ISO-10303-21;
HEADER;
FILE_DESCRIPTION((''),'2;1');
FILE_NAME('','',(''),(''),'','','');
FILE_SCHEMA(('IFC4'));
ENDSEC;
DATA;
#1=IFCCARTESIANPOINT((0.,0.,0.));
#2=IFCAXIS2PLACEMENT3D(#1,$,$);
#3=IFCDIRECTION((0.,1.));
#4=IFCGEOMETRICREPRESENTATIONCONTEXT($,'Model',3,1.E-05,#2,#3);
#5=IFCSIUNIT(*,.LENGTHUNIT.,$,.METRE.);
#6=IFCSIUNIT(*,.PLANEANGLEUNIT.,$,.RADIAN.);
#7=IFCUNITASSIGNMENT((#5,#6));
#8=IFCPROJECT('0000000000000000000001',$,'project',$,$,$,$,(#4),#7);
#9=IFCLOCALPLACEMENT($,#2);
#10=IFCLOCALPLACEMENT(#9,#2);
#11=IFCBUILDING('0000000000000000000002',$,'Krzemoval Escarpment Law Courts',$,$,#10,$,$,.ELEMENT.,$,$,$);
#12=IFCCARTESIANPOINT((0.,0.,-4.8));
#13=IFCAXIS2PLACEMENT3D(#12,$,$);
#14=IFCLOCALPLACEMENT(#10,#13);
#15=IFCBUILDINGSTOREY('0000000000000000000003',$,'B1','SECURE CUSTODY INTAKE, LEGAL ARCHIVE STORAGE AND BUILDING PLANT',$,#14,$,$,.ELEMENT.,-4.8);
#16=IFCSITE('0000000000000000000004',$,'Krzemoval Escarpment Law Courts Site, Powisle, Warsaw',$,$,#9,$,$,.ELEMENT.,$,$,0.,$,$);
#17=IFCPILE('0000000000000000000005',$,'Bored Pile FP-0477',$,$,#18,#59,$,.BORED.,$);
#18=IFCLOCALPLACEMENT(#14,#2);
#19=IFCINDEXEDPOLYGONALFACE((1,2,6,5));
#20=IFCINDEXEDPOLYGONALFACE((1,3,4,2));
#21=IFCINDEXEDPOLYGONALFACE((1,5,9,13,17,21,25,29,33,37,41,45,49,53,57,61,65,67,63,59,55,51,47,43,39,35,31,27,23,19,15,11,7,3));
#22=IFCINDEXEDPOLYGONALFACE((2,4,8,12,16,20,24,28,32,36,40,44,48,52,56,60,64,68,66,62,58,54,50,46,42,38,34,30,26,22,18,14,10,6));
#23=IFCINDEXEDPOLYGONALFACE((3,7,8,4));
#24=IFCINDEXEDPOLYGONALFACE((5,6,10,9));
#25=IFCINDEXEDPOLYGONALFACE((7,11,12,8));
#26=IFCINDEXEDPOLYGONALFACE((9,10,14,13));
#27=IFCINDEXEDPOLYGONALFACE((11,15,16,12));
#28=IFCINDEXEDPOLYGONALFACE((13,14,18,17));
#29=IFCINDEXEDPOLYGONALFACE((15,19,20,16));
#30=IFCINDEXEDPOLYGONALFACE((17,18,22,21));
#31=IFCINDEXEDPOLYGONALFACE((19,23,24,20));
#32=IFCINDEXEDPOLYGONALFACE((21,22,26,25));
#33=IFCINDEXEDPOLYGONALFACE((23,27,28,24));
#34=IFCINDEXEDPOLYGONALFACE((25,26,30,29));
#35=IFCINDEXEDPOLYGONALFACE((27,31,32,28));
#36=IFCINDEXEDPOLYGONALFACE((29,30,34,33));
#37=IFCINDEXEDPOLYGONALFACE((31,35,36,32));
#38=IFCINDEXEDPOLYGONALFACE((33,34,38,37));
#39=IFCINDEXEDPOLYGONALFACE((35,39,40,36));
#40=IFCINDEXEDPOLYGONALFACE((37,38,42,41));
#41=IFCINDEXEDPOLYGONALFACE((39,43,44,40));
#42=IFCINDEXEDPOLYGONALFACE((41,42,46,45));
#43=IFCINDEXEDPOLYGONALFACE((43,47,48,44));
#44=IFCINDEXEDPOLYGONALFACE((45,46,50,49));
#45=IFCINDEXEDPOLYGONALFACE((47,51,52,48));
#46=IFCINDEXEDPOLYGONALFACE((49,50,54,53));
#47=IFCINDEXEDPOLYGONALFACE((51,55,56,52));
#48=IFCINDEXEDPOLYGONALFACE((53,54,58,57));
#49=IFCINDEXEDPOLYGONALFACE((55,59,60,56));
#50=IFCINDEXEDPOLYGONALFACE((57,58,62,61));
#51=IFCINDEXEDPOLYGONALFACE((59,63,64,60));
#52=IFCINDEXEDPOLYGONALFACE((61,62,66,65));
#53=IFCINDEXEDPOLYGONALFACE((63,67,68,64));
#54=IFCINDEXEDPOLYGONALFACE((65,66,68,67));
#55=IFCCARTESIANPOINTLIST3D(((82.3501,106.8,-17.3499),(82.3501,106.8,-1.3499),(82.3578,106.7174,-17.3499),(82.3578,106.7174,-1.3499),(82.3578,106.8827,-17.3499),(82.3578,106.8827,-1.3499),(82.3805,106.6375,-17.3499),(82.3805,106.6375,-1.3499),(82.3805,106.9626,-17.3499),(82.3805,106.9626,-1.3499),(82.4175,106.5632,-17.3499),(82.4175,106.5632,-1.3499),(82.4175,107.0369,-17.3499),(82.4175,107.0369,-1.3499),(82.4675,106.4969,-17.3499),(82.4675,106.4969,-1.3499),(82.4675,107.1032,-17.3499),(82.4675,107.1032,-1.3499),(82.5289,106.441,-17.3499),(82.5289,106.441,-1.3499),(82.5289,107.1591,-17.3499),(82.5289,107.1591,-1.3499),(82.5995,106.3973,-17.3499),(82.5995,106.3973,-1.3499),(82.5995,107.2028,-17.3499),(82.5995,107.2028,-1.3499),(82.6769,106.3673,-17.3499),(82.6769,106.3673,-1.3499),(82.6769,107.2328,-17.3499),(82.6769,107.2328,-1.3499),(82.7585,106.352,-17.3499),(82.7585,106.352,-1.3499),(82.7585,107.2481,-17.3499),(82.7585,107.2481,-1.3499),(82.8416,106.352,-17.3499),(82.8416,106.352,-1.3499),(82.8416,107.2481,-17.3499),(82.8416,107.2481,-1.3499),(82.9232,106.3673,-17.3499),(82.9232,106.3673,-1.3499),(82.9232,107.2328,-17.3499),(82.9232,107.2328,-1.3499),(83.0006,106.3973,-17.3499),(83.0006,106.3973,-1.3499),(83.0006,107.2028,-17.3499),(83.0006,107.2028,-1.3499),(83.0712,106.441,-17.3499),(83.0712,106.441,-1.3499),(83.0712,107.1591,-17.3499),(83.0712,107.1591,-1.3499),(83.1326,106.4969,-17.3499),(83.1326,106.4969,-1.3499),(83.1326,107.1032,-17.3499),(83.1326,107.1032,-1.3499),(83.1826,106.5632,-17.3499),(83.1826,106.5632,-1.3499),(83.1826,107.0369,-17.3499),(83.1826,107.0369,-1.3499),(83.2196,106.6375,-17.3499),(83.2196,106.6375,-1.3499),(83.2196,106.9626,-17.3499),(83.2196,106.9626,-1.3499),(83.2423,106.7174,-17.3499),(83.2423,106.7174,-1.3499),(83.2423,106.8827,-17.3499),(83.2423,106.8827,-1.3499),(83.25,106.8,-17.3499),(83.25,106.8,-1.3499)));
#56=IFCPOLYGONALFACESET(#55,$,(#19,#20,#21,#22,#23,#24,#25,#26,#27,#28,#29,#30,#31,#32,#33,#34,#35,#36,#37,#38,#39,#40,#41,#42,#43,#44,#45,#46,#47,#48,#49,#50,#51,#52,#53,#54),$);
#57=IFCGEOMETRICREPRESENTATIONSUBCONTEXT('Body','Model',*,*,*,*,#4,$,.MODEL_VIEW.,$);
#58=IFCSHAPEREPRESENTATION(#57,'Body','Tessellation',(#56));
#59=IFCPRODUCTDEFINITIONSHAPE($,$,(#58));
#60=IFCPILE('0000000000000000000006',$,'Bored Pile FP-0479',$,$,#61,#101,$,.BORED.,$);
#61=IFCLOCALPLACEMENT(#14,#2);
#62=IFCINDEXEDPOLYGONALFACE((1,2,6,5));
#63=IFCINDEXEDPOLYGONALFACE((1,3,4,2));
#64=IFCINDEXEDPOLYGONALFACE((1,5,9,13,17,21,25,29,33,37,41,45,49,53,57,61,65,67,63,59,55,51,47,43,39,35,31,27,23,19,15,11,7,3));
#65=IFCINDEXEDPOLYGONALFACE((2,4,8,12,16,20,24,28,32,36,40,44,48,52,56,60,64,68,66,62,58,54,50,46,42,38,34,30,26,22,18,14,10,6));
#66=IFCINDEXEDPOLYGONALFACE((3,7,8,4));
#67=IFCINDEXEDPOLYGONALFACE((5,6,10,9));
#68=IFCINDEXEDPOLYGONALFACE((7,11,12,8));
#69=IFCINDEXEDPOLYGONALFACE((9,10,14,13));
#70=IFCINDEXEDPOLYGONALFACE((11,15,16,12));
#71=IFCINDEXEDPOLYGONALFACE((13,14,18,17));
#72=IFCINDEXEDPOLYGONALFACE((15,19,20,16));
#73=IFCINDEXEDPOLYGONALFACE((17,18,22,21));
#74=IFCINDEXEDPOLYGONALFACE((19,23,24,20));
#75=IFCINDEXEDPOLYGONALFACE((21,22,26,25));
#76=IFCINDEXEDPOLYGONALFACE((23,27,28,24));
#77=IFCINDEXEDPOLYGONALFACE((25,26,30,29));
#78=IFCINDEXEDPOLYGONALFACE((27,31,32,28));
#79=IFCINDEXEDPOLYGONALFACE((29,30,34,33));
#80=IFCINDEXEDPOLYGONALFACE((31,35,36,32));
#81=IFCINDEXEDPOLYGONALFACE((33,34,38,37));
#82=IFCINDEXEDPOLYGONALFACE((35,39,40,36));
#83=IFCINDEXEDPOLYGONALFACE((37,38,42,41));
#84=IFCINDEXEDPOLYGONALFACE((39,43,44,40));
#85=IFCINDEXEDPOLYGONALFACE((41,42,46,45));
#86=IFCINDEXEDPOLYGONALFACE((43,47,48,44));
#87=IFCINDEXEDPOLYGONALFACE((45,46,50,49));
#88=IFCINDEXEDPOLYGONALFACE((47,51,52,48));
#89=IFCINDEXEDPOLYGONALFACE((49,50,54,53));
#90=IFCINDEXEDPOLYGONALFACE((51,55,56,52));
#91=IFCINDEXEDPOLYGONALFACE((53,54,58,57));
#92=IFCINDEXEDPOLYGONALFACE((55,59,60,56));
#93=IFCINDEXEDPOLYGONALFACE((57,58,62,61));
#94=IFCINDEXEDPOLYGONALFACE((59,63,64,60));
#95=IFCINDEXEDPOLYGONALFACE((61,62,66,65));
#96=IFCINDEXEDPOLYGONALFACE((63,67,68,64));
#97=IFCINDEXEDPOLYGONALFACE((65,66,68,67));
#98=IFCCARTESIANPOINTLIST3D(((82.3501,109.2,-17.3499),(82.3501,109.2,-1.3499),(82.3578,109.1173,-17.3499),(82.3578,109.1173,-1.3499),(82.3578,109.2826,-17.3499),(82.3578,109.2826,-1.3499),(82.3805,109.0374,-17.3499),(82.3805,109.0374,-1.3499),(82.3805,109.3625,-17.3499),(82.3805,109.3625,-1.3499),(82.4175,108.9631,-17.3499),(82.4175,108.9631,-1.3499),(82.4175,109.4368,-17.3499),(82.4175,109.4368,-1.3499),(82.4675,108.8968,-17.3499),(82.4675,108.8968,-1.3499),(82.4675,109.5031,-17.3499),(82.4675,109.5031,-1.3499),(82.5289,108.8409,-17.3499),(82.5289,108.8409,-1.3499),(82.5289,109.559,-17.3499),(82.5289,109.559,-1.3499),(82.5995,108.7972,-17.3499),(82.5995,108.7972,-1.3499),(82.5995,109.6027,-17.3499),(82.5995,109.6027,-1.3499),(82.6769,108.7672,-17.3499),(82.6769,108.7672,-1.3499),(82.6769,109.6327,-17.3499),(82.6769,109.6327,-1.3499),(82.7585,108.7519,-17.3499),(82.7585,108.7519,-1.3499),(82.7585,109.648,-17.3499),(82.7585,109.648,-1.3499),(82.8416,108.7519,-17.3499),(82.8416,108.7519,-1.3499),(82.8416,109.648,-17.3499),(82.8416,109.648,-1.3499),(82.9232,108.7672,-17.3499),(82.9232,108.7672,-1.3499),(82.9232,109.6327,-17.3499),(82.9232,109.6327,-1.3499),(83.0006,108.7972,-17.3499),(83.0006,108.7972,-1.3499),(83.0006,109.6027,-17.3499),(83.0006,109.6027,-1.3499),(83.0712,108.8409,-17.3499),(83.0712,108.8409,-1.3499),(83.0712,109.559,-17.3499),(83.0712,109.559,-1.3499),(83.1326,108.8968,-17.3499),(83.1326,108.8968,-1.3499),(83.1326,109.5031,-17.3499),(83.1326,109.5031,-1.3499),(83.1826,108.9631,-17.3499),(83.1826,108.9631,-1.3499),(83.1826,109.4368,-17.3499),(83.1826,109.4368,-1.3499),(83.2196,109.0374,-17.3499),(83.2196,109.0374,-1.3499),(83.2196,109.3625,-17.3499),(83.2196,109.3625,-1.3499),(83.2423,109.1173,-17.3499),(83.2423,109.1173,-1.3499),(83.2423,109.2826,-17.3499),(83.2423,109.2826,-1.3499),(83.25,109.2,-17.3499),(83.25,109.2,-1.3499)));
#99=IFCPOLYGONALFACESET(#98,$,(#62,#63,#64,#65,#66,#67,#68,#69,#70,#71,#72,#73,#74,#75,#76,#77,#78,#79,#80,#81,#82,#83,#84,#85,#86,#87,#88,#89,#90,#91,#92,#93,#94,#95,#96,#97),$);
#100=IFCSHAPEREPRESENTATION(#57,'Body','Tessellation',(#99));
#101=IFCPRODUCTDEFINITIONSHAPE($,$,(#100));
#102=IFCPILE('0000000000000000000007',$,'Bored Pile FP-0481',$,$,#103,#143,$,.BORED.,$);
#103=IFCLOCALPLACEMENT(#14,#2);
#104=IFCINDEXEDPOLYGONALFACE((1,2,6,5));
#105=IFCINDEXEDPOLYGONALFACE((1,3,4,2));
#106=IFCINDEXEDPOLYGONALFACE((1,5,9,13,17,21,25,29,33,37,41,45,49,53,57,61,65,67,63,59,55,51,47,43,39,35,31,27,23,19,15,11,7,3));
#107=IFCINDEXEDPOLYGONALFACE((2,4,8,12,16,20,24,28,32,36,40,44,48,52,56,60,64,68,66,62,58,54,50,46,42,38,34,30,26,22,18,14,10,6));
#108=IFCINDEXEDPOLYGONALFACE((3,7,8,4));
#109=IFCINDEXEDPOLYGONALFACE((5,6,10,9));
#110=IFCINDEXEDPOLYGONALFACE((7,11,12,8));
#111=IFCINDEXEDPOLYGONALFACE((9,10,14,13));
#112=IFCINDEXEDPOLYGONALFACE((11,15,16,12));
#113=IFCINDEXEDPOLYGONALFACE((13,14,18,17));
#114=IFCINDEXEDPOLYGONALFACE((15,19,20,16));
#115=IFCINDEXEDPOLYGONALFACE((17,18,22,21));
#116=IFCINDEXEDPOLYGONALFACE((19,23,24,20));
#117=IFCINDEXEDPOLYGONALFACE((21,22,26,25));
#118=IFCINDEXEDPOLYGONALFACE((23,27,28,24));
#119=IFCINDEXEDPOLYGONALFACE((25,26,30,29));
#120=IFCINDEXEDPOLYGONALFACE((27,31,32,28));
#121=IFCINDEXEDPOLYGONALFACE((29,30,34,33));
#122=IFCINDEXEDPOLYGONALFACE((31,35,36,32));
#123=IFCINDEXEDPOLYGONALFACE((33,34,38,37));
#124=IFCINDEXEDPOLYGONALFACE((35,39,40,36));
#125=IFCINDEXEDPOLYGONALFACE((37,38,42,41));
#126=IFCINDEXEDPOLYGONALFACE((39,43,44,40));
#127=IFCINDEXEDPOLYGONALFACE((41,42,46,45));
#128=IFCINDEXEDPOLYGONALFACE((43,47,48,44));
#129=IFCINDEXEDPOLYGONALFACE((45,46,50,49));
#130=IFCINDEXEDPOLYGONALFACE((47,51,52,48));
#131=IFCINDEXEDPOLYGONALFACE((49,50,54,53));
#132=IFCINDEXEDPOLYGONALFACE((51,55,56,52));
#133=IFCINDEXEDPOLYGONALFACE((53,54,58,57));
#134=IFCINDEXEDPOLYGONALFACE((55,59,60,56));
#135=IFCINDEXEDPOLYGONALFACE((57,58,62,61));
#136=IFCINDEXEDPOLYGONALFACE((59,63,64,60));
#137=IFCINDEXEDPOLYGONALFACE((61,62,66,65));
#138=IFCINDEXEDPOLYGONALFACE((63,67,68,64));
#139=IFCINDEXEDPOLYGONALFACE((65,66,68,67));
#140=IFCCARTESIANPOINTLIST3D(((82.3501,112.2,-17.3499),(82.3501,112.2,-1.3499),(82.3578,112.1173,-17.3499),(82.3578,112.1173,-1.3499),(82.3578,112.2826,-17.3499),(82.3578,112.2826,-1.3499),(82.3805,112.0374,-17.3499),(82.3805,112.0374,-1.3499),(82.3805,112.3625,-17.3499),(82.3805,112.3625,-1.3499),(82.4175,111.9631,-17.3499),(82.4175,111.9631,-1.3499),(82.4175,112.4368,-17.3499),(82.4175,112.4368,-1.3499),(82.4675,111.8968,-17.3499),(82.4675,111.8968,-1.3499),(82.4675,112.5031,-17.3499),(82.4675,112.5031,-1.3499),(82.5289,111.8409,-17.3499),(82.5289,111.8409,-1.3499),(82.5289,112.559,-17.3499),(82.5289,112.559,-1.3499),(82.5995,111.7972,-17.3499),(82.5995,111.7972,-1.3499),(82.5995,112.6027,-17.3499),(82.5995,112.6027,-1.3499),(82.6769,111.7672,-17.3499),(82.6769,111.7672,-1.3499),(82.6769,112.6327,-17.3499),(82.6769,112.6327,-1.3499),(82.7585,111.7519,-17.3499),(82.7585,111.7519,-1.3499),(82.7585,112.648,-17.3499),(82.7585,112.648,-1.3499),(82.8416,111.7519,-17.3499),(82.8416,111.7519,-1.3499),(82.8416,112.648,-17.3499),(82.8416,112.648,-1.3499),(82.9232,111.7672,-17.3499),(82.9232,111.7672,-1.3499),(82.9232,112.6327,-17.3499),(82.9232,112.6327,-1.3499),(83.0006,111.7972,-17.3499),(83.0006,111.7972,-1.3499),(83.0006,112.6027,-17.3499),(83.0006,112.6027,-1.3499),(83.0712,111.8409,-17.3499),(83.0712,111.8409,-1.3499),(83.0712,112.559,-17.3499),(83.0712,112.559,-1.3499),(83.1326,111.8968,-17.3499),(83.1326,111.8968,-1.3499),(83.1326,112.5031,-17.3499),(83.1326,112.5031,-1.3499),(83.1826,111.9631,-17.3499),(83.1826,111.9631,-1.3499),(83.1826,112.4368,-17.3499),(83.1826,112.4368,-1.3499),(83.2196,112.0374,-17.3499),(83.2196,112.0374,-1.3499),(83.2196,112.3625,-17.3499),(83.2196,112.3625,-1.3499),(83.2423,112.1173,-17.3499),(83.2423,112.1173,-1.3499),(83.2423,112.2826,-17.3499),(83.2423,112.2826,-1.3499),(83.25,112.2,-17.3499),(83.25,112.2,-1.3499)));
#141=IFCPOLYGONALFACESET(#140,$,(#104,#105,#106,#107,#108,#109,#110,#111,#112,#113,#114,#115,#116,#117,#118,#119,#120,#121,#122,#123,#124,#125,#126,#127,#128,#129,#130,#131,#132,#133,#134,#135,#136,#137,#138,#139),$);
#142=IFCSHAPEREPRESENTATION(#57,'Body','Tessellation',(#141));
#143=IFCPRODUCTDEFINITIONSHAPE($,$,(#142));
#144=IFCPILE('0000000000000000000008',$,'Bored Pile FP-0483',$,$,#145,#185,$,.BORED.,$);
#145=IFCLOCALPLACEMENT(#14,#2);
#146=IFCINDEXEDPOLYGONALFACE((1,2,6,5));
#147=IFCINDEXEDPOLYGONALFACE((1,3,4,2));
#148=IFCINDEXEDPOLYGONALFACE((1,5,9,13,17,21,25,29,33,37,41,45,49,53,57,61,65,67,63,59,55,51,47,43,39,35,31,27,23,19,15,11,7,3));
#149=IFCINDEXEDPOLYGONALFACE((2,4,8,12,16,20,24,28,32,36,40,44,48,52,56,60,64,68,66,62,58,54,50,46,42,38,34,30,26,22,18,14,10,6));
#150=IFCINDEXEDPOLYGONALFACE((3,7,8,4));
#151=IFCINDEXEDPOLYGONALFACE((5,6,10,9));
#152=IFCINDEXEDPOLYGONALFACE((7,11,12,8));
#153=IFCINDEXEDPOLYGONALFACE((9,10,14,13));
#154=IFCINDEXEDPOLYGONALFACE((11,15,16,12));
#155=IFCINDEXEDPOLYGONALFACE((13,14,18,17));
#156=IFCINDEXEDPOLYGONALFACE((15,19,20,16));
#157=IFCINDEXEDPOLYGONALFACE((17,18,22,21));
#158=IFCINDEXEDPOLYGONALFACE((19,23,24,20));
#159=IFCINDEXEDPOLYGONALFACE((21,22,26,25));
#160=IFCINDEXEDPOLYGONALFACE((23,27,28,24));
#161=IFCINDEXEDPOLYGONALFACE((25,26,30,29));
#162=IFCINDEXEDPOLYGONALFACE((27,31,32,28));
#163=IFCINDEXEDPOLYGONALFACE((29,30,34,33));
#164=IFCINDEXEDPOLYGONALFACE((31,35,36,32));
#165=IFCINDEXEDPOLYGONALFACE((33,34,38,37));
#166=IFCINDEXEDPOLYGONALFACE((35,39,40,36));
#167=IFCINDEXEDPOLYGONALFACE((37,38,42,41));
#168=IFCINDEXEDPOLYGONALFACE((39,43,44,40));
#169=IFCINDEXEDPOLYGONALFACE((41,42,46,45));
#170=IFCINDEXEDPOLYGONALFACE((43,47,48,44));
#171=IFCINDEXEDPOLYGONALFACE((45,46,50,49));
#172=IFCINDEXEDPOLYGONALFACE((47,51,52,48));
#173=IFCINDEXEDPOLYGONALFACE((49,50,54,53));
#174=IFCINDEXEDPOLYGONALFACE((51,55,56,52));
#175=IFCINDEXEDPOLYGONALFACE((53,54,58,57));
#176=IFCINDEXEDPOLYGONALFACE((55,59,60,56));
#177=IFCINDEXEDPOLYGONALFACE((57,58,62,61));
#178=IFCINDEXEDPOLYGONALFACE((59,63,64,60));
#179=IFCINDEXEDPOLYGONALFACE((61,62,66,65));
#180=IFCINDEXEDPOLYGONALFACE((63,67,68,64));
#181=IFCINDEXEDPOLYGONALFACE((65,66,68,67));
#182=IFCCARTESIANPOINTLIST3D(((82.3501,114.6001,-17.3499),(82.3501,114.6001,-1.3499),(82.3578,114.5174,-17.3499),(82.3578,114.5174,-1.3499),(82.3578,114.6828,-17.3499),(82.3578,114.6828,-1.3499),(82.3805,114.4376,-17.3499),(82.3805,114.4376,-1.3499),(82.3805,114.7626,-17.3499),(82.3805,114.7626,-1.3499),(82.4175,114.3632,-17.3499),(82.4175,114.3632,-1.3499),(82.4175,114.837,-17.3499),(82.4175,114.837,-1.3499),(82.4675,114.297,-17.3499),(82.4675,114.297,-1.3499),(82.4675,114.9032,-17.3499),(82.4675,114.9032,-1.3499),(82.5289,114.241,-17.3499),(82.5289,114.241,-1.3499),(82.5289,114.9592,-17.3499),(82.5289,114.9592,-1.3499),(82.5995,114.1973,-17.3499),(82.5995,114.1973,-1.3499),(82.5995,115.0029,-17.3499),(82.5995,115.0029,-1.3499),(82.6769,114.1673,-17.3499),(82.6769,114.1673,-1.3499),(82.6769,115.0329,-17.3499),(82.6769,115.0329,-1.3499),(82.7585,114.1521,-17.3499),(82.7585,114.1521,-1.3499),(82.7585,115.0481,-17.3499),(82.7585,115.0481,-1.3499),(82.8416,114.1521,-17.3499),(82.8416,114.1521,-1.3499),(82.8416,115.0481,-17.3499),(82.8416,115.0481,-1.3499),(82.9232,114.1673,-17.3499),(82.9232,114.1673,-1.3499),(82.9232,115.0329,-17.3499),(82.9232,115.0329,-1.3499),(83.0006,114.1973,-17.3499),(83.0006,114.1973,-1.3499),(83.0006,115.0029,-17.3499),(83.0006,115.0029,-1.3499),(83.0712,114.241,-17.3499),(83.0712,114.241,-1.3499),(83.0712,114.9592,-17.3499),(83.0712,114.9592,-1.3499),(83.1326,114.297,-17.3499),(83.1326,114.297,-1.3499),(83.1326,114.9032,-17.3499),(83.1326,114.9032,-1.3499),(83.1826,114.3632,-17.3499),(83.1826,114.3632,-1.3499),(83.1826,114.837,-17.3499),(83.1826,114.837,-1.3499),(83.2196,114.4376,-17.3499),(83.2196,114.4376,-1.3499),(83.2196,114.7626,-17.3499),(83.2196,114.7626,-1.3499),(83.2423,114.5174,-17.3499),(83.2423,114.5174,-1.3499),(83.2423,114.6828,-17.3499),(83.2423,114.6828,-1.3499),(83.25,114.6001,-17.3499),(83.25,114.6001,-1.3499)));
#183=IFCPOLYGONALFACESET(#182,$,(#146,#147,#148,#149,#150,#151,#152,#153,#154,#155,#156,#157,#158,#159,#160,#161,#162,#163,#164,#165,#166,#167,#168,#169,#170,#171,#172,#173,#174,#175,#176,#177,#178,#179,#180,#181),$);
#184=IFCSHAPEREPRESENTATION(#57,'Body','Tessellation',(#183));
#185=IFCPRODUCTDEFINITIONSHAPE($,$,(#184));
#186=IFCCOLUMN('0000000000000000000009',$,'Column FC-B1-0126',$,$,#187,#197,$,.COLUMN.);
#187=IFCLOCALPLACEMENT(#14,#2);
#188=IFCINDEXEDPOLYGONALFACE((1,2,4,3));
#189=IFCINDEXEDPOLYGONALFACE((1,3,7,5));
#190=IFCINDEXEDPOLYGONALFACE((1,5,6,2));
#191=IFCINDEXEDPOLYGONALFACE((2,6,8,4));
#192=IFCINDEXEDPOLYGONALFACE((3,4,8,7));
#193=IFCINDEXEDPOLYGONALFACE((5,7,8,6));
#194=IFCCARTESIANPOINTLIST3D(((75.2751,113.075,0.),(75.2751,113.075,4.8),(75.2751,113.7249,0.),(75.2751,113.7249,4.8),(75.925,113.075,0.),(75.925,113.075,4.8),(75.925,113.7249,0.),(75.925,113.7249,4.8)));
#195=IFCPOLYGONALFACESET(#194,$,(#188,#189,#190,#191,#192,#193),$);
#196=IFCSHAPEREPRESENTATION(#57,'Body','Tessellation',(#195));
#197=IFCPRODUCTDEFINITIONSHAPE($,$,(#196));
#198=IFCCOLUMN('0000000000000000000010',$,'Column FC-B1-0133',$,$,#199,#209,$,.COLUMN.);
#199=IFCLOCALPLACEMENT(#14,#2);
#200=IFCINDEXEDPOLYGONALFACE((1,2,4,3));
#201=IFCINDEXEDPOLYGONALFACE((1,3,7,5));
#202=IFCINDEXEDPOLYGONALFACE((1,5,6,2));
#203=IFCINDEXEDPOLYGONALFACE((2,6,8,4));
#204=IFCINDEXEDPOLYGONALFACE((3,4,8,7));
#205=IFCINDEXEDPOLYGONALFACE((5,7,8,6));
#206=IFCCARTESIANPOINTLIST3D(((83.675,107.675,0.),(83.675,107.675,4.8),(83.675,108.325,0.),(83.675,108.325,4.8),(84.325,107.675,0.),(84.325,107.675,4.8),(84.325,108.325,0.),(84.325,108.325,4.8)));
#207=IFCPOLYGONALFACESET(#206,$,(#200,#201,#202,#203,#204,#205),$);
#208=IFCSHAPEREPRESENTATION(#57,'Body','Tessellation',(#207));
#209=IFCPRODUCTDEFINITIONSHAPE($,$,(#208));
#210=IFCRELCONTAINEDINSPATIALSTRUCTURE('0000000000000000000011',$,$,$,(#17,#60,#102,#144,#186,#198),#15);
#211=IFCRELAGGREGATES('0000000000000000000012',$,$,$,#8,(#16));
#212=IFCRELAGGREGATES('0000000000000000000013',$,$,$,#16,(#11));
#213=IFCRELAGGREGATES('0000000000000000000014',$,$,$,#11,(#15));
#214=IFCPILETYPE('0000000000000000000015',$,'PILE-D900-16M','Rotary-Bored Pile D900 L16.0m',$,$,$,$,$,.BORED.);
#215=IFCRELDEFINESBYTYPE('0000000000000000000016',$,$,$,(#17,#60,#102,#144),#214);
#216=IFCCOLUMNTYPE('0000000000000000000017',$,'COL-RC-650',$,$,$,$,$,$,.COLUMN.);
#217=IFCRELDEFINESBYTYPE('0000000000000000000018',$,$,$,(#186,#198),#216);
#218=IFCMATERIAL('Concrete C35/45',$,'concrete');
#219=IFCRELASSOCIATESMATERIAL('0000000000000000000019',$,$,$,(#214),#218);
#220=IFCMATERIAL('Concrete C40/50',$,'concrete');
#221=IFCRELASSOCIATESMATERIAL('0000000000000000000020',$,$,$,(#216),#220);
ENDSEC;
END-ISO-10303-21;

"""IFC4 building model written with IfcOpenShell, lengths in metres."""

from ifc_helpers import new_model, si_unit, direction, frame, origin, origin_2d, place, context, subcontext, project, spatial, rectangle, circle, extrude, material, material_profile, profile_set, type_object, element, save


model = new_model("IFC4")

# Units and contexts
model_context = context("Model", 3, precision=1e-05, world=origin(), true_north=direction((0.0, 1.0)))
body_context = subcontext(model_context, "Body", "Model", "MODEL_VIEW")
ifc_project = project(units=[si_unit("LENGTHUNIT", "METRE"), si_unit("PLANEANGLEUNIT", "RADIAN")], contexts=[model_context])

# Site, building, storey
site_placement = place(None, origin())
site = spatial("IfcSite", under=ifc_project, at=site_placement, Name="Krzemoval Escarpment Law Courts Site, Powisle, Warsaw", CompositionType="ELEMENT", RefElevation=0.0)
building_placement = place(site_placement, origin())
building = spatial("IfcBuilding", under=site, at=building_placement, Name="Krzemoval Escarpment Law Courts", CompositionType="ELEMENT")
storey_placement = place(building_placement, frame((0.0, 0.0, -4.8)))
storey = spatial("IfcBuildingStorey", under=building, at=storey_placement, Name="B1", Description="SECURE CUSTODY INTAKE, LEGAL ARCHIVE STORAGE AND BUILDING PLANT", CompositionType="ELEMENT", Elevation=-4.8)

# Piles
ifc_material_1 = material(Name="Concrete C35/45", Category="concrete")
ifc_material_profile_1 = material_profile(ifc_material_1, circle(Radius=0.45, at=origin_2d()), Name="PILE D900")
ifc_profile_set_1 = profile_set([ifc_material_profile_1], Name="Concrete C35/45")
pile_type = type_object("IfcPileType", Name="PILE-D900-16M", Description="Rotary-Bored Pile D900 L16.0m", PredefinedType="BORED", material=ifc_profile_set_1)
for number, where, z_axis, x_axis, name in (
    (1, (82.8, 106.8, -1.3499), (0.0, 0.0, -1.0), (1.0, 0.0, 0.0), "Bored Pile FP-0477"),
    (2, (82.8, 109.2, -1.3499), (0.0, 0.0, -1.0), (1.0, 0.0, 0.0), "Bored Pile FP-0479"),
    (3, (82.8, 112.2, -1.3499), (0.0, 0.0, -1.0), (1.0, 0.0, 0.0), "Bored Pile FP-0481"),
    (4, (82.8, 114.6001, -1.3499), (0.0, 0.0, -1.0), (1.0, 0.0, 0.0), "Bored Pile FP-0483"),
):
    element("IfcPile", number, at=place(storey_placement, frame(where, z_axis=z_axis, x_axis=x_axis)), inside=storey, type_object=pile_type, Name=name, PredefinedType="BORED", context=body_context, shape_type="SweptSolid", body=[
        extrude(circle(Radius=0.45, at=origin_2d()), origin(), (0.0, 0.0, 1.0), 16.0),
    ])

# Columns
ifc_material_2 = material(Name="Concrete C40/50", Category="concrete")
ifc_material_profile_2 = material_profile(ifc_material_2, rectangle(XDim=0.6499, YDim=0.6499, at=origin_2d()), Name="RC 650x650")
ifc_profile_set_2 = profile_set([ifc_material_profile_2], Name="Concrete C40/50")
column_type = type_object("IfcColumnType", Name="COL-RC-650", PredefinedType="COLUMN", material=ifc_profile_set_2)
for number, where, z_axis, x_axis, name in (
    (5, (75.6001, 113.3999, 0.0), (0.0, 0.0, 1.0), (1.0, 0.0, 0.0), "Column FC-B1-0126"),
    (6, (84.0, 108.0, 0.0), (0.0, 0.0, 1.0), (1.0, 0.0, 0.0), "Column FC-B1-0133"),
):
    element("IfcColumn", number, at=place(storey_placement, frame(where, z_axis=z_axis, x_axis=x_axis)), inside=storey, type_object=column_type, Name=name, PredefinedType="COLUMN", context=body_context, shape_type="SweptSolid", body=[
        extrude(rectangle(XDim=0.6499, YDim=0.6499, at=origin_2d()), origin(), (0.0, 0.0, 1.0), 4.8),
    ])

save(model, "model.ifc")
